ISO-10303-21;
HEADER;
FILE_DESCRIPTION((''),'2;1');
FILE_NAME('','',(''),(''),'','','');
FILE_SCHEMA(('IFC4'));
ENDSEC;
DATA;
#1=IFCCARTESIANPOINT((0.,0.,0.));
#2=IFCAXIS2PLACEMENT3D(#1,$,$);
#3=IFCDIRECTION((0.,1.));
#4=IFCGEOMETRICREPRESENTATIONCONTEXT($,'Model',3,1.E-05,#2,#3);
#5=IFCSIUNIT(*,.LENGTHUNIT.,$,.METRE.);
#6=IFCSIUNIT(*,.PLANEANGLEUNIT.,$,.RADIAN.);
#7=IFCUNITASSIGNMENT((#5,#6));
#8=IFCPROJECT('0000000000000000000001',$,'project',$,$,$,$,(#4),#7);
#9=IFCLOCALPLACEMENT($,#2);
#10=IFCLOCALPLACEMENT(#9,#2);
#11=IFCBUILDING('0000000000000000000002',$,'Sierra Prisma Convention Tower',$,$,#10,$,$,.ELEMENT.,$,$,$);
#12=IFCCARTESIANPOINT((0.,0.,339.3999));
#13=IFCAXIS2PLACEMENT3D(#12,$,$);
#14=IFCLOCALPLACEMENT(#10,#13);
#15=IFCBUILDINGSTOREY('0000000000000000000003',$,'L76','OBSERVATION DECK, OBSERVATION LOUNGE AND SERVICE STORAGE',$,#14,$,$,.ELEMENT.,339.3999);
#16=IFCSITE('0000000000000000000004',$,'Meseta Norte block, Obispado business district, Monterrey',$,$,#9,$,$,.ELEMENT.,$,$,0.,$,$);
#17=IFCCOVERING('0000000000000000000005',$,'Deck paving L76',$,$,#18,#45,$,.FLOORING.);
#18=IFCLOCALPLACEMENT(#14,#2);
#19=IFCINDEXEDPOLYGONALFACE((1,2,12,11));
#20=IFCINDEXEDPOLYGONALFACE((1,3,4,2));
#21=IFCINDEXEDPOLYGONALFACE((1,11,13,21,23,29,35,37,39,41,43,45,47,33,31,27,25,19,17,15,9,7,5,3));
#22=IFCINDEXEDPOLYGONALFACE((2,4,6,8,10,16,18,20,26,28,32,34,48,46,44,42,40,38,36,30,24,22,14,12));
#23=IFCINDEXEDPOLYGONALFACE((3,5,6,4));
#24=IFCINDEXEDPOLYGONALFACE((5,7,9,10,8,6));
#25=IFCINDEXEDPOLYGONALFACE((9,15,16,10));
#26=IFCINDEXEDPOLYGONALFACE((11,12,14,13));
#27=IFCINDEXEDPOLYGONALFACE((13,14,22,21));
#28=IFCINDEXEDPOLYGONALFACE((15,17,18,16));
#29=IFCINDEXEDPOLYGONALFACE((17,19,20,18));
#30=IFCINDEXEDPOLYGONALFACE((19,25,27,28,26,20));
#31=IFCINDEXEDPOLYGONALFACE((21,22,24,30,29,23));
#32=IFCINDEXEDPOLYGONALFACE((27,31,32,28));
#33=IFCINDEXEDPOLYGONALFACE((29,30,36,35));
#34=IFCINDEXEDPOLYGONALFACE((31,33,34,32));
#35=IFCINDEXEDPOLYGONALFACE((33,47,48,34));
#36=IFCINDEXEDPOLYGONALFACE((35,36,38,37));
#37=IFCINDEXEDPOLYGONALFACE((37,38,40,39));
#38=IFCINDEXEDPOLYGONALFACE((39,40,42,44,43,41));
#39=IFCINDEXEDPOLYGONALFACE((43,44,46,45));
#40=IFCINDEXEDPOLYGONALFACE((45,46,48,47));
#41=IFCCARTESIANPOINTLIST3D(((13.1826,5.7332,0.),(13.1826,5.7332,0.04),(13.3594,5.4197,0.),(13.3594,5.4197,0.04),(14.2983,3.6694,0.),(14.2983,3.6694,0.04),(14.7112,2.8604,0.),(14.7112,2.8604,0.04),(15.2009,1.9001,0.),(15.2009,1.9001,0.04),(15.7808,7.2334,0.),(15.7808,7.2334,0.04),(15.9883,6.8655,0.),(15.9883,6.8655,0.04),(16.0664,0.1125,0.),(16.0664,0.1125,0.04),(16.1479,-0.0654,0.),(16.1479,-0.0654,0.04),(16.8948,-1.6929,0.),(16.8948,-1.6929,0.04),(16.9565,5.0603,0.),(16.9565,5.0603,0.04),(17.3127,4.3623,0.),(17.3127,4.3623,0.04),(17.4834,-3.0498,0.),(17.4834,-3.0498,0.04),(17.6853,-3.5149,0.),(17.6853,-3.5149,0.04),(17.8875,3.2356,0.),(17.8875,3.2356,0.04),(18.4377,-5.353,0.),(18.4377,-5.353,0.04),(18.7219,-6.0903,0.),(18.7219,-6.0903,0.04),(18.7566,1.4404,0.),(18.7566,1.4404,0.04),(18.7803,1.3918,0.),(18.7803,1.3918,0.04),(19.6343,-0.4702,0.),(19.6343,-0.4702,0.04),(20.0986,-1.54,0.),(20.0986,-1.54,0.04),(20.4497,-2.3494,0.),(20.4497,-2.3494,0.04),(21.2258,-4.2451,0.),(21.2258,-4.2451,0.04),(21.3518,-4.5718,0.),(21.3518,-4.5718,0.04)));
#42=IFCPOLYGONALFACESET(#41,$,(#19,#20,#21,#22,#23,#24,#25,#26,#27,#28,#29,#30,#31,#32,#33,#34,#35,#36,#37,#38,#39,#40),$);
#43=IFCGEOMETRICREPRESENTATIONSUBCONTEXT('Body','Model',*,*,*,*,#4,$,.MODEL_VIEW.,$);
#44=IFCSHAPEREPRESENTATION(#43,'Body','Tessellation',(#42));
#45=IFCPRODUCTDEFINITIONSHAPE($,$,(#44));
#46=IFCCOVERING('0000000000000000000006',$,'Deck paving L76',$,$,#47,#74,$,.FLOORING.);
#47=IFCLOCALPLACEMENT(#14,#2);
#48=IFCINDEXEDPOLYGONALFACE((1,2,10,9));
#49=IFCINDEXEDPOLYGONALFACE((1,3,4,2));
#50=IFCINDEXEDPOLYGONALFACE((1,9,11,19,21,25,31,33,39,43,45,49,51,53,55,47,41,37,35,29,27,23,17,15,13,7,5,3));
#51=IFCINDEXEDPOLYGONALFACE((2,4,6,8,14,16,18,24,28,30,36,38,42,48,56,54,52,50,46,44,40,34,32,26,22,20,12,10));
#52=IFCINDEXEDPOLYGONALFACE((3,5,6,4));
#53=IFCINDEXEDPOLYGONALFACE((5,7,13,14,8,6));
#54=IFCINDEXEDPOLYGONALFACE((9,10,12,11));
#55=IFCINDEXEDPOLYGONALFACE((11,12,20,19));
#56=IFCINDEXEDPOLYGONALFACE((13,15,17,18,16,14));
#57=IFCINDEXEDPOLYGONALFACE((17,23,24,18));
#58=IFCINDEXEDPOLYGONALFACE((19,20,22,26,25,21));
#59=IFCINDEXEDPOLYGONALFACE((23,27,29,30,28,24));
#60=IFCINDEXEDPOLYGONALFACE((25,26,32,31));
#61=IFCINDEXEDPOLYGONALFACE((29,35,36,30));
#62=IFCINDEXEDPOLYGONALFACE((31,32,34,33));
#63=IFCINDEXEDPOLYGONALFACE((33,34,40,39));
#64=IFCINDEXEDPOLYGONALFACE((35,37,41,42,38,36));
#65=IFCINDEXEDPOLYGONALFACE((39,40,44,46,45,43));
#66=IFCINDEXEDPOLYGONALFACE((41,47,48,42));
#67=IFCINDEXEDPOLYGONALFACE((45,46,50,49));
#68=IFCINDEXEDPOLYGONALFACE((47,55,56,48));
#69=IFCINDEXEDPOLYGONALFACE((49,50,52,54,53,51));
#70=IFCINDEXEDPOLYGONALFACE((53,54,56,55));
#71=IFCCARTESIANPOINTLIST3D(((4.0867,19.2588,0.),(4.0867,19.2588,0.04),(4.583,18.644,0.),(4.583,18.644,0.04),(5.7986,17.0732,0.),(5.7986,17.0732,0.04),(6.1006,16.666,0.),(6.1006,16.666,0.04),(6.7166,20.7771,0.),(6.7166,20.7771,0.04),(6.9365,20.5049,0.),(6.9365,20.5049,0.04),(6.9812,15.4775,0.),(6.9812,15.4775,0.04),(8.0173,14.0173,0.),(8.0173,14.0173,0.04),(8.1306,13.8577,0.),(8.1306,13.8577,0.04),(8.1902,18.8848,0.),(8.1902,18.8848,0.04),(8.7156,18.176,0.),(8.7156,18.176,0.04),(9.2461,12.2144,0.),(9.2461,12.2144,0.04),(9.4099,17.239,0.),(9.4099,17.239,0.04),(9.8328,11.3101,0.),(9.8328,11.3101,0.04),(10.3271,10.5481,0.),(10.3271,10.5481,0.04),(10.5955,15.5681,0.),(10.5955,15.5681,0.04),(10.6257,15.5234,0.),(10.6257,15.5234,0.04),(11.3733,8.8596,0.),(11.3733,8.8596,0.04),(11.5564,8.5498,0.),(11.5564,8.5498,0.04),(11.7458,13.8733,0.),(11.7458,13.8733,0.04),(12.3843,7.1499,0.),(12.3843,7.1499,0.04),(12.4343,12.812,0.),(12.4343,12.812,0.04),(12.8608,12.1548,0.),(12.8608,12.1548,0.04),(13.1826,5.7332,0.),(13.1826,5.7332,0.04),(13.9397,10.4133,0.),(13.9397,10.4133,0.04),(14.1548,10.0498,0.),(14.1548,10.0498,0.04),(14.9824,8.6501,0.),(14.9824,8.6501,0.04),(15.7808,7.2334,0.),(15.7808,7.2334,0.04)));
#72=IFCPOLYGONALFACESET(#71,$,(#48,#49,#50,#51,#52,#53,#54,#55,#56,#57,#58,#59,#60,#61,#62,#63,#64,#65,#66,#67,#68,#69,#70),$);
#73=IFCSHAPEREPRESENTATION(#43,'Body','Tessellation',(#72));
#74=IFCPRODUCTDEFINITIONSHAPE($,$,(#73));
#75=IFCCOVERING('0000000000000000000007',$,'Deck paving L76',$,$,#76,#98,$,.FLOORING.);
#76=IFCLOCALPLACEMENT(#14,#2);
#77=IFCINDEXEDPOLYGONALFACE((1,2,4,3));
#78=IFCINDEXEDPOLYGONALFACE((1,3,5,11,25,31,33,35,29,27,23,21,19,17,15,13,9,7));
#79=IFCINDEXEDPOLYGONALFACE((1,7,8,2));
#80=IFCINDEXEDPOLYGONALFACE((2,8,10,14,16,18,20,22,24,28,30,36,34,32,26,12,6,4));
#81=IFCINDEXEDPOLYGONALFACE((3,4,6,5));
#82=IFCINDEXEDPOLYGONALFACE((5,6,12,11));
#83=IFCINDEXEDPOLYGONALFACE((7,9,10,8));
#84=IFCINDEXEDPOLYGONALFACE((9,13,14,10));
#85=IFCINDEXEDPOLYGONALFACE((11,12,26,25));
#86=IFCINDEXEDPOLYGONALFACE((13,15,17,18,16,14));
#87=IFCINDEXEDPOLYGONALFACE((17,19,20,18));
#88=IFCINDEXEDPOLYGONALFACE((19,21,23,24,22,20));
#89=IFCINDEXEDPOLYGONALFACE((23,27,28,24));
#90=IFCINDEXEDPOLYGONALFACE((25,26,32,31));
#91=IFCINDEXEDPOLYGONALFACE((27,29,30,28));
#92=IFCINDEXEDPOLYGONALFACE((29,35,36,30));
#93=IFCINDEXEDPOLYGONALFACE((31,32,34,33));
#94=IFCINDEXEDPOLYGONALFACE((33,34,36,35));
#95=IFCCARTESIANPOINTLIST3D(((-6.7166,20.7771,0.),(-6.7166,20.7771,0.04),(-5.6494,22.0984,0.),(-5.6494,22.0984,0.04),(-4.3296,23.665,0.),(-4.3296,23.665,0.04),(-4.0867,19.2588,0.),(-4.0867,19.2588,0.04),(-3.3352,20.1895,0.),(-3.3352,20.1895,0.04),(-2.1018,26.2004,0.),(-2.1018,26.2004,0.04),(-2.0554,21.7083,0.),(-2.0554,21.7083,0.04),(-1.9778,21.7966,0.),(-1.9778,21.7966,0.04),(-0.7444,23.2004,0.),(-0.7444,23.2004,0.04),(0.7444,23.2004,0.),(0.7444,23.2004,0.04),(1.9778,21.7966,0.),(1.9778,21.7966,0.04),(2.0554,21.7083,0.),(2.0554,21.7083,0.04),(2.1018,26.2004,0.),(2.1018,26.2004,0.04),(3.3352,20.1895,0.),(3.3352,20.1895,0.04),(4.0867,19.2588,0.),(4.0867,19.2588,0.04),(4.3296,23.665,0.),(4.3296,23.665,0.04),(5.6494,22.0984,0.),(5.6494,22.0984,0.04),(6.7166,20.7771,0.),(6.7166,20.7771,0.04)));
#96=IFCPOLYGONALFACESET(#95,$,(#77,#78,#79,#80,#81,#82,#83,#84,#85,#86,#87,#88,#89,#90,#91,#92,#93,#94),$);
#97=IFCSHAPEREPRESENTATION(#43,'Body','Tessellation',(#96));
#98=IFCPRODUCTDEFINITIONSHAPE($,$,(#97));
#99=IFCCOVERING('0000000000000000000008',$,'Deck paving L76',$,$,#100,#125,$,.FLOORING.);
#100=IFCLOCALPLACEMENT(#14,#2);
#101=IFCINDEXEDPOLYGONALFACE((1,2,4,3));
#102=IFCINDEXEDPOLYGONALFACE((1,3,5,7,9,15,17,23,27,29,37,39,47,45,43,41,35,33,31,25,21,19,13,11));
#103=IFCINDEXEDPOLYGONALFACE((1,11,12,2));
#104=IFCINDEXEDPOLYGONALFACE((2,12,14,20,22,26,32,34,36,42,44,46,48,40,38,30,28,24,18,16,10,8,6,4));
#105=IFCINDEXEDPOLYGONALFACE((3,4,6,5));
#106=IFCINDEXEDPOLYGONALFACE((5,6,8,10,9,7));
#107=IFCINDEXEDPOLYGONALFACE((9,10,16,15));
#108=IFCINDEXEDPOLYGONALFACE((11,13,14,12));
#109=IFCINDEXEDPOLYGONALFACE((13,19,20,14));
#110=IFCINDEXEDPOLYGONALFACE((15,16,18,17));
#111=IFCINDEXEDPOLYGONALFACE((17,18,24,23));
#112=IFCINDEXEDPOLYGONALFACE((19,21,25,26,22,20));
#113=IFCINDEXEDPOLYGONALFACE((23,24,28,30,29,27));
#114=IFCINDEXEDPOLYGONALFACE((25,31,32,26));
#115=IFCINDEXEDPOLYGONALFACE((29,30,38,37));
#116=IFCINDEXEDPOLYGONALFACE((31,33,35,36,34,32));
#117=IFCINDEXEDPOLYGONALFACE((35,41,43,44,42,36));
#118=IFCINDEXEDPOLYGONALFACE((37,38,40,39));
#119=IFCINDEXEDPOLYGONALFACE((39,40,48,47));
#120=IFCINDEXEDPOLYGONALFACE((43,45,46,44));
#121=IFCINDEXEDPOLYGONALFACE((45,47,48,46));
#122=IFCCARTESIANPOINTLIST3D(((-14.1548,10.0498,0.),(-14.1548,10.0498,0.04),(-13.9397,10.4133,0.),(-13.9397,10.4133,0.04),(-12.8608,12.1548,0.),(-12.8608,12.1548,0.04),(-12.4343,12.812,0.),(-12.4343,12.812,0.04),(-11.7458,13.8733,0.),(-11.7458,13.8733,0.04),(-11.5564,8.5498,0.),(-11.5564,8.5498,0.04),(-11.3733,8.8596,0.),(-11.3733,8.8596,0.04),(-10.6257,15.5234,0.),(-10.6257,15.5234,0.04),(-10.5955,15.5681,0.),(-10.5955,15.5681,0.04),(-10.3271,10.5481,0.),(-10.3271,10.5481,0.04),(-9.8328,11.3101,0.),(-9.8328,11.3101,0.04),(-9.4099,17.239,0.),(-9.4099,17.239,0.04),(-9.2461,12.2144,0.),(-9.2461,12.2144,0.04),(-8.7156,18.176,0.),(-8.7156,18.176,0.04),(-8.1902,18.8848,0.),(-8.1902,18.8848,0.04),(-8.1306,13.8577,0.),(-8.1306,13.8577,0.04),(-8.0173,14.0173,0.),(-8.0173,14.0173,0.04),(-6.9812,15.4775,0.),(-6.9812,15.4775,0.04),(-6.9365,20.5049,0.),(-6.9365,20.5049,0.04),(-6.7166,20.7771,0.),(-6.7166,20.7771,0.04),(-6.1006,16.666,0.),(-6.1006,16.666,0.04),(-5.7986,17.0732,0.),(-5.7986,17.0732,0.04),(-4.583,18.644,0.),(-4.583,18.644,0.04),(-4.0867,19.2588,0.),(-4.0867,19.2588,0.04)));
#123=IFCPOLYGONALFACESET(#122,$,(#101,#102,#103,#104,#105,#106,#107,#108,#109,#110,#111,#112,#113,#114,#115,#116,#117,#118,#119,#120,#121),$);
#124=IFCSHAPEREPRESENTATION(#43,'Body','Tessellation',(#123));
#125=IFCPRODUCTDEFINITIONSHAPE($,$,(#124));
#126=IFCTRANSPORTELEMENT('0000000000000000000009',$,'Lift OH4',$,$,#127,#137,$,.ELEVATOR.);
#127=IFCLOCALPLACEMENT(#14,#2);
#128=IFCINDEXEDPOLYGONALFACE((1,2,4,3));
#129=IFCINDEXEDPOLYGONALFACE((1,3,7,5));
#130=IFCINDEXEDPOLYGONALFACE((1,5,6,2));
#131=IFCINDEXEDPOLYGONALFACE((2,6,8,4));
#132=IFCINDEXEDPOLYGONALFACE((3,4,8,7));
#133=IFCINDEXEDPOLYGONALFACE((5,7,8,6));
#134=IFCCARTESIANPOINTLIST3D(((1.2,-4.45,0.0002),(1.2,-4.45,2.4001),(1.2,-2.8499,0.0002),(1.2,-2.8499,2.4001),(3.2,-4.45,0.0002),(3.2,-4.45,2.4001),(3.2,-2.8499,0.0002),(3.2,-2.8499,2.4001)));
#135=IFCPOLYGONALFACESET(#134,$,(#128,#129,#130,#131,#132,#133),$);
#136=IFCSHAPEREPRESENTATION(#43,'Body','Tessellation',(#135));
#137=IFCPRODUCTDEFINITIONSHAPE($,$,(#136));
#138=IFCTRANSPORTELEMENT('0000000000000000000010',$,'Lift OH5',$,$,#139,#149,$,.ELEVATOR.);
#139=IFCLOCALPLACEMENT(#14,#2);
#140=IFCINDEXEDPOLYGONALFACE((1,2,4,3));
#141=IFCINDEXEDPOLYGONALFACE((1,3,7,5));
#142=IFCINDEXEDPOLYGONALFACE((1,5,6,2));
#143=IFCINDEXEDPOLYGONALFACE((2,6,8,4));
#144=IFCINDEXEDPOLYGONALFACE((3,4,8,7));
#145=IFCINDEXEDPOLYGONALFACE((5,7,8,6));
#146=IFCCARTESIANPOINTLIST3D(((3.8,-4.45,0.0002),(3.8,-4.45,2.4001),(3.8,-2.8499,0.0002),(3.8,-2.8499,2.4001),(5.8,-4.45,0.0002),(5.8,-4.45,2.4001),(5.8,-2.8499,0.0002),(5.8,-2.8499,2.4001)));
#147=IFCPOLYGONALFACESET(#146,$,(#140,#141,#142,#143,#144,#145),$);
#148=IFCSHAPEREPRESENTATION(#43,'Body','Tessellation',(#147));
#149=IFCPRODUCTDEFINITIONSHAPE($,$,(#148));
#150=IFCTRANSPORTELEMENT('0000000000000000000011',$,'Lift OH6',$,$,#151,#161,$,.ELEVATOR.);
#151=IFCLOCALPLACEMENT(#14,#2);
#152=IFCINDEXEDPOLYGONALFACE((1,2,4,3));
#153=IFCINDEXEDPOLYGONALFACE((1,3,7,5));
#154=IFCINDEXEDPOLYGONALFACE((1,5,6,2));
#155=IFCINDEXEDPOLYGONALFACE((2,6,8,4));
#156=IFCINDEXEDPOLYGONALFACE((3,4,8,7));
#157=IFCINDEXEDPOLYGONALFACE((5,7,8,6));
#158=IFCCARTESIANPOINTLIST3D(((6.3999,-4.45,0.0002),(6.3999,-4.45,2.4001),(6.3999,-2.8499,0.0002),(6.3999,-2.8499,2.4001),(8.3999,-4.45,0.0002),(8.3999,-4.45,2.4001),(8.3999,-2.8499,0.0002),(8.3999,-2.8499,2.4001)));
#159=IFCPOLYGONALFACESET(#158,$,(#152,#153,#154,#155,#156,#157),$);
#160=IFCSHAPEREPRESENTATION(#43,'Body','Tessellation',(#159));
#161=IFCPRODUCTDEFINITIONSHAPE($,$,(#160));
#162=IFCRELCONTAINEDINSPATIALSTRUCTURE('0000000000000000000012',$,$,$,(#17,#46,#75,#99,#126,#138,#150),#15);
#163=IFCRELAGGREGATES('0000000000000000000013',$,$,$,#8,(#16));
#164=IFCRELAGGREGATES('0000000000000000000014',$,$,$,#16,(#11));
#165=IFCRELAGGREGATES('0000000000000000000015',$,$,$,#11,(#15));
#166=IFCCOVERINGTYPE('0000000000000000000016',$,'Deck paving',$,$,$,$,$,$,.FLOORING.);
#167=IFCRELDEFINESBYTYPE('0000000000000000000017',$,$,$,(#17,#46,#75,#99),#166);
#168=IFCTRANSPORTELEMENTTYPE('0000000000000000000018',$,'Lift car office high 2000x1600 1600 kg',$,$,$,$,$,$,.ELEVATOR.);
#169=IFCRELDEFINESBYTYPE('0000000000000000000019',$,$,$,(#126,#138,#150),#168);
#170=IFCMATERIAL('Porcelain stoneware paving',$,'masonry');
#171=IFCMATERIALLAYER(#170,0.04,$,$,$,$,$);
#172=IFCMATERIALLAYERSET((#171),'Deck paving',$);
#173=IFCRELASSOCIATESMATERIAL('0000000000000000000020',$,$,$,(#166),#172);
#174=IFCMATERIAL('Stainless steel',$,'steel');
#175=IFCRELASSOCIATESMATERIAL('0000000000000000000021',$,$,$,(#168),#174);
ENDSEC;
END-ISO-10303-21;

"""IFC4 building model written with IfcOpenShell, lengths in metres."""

from ifc_helpers import new_model, si_unit, direction, frame, origin, origin_2d, place, context, subcontext, project, spatial, polyline, rectangle, outline, extrude, material, layer, layer_set, type_object, element, save


model = new_model("IFC4")

# Units and contexts
model_context = context("Model", 3, precision=1e-05, world=origin(), true_north=direction((0.0, 1.0)))
body_context = subcontext(model_context, "Body", "Model", "MODEL_VIEW")
ifc_project = project(units=[si_unit("LENGTHUNIT", "METRE"), si_unit("PLANEANGLEUNIT", "RADIAN")], contexts=[model_context])

# Site, building, storey
site_placement = place(None, origin())
site = spatial("IfcSite", under=ifc_project, at=site_placement, Name="Meseta Norte block, Obispado business district, Monterrey", CompositionType="ELEMENT", RefElevation=0.0)
building_placement = place(site_placement, origin())
building = spatial("IfcBuilding", under=site, at=building_placement, Name="Sierra Prisma Convention Tower", CompositionType="ELEMENT")
storey_placement = place(building_placement, frame((0.0, 0.0, 339.3999)))
storey = spatial("IfcBuildingStorey", under=building, at=storey_placement, Name="L76", Description="OBSERVATION DECK, OBSERVATION LOUNGE AND SERVICE STORAGE", CompositionType="ELEMENT", Elevation=339.3999)

# Coverings
ifc_material_1 = material(Name="Porcelain stoneware paving", Category="masonry")
ifc_layer_1 = layer(ifc_material_1, 0.04)
ifc_layer_set_1 = layer_set([ifc_layer_1], Name="Deck paving")
covering_type = type_object("IfcCoveringType", Name="Deck paving", PredefinedType="FLOORING", material=ifc_layer_set_1)
covering_1_placement = place(storey_placement, origin())
element("IfcCovering", 1, at=covering_1_placement, inside=storey, type_object=covering_type, Name="Deck paving L76", PredefinedType="FLOORING", context=body_context, shape_type="SweptSolid", body=[
    extrude(outline(polyline([(21.2258, -4.2451), (21.3518, -4.5718), (18.7219, -6.0903), (18.4377, -5.353), (17.6853, -3.5149), (17.4834, -3.0498), (16.8948, -1.6929), (16.1479, -0.0654), (16.0664, 0.1125), (15.2009, 1.9001), (14.7112, 2.8604), (14.2983, 3.6694), (13.3594, 5.4197), (13.1826, 5.7332), (15.7808, 7.2334), (15.9883, 6.8655), (16.9565, 5.0603), (17.3127, 4.3623), (17.8875, 3.2356), (18.7566, 1.4404), (18.7803, 1.3918), (19.6343, -0.4702), (20.0986, -1.54), (20.4497, -2.3494), (21.2258, -4.2451)])), origin(), (0.0, 0.0, 1.0), 0.04),
])
covering_2_placement = place(storey_placement, origin())
element("IfcCovering", 2, at=covering_2_placement, inside=storey, type_object=covering_type, Name="Deck paving L76", PredefinedType="FLOORING", context=body_context, shape_type="SweptSolid", body=[
    extrude(outline(polyline([(15.7808, 7.2334), (13.1826, 5.7332), (12.3843, 7.1499), (11.5564, 8.5498), (11.3733, 8.8596), (10.3271, 10.5481), (9.8328, 11.3101), (9.2461, 12.2144), (8.1306, 13.8577), (8.0173, 14.0173), (6.9812, 15.4775), (6.1006, 16.666), (5.7986, 17.0732), (4.583, 18.644), (4.0867, 19.2588), (6.7166, 20.7771), (6.9365, 20.5049), (8.1902, 18.8848), (8.7156, 18.176), (9.4099, 17.239), (10.5955, 15.5681), (10.6257, 15.5234), (11.7458, 13.8733), (12.4343, 12.812), (12.8608, 12.1548), (13.9397, 10.4133), (14.1548, 10.0498), (14.9824, 8.6501), (15.7808, 7.2334)])), origin(), (0.0, 0.0, 1.0), 0.04),
])
covering_3_placement = place(storey_placement, origin())
element("IfcCovering", 3, at=covering_3_placement, inside=storey, type_object=covering_type, Name="Deck paving L76", PredefinedType="FLOORING", context=body_context, shape_type="SweptSolid", body=[
    extrude(outline(polyline([(-6.7166, 20.7771), (-5.6494, 22.0984), (-4.3296, 23.665), (-2.1018, 26.2004), (2.1018, 26.2004), (4.3296, 23.665), (5.6494, 22.0984), (6.7166, 20.7771), (4.0867, 19.2588), (3.3352, 20.1895), (2.0554, 21.7083), (1.9778, 21.7966), (0.7444, 23.2004), (-0.7444, 23.2004), (-1.9778, 21.7966), (-2.0554, 21.7083), (-3.3352, 20.1895), (-4.0867, 19.2588), (-6.7166, 20.7771)])), origin(), (0.0, 0.0, 1.0), 0.04),
])
covering_4_placement = place(storey_placement, origin())
element("IfcCovering", 4, at=covering_4_placement, inside=storey, type_object=covering_type, Name="Deck paving L76", PredefinedType="FLOORING", context=body_context, shape_type="SweptSolid", body=[
    extrude(outline(polyline([(-12.8608, 12.1548), (-12.4343, 12.812), (-11.7458, 13.8733), (-10.6257, 15.5234), (-10.5955, 15.5681), (-9.4099, 17.239), (-8.7156, 18.176), (-8.1902, 18.8848), (-6.9365, 20.5049), (-6.7166, 20.7771), (-4.0867, 19.2588), (-4.583, 18.644), (-5.7986, 17.0732), (-6.1006, 16.666), (-6.9812, 15.4775), (-8.0173, 14.0173), (-8.1306, 13.8577), (-9.2461, 12.2144), (-9.8328, 11.3101), (-10.3271, 10.5481), (-11.3733, 8.8596), (-11.5564, 8.5498), (-14.1548, 10.0498), (-13.9397, 10.4133), (-12.8608, 12.1548)])), origin(), (0.0, 0.0, 1.0), 0.04),
])

# Transport elements
ifc_material_2 = material(Name="Stainless steel", Category="steel")
transport_element_type = type_object("IfcTransportElementType", Name="Lift car office high 2000x1600 1600 kg", PredefinedType="ELEVATOR", material=ifc_material_2)
for number, where, z_axis, x_axis, name in (
    (5, (2.2, -3.6499, 0.0002), (0.0, 0.0, 1.0), (1.0, 0.0, 0.0), "Lift OH4"),
    (6, (4.8, -3.6499, 0.0002), (0.0, 0.0, 1.0), (1.0, 0.0, 0.0), "Lift OH5"),
    (7, (7.3999, -3.6499, 0.0002), (0.0, 0.0, 1.0), (1.0, 0.0, 0.0), "Lift OH6"),
):
    element("IfcTransportElement", number, at=place(storey_placement, frame(where, z_axis=z_axis, x_axis=x_axis)), inside=storey, type_object=transport_element_type, Name=name, PredefinedType="ELEVATOR", context=body_context, shape_type="SweptSolid", body=[
        extrude(rectangle(XDim=2.0, YDim=1.6001, at=origin_2d()), origin(), (0.0, 0.0, 1.0), 2.3999),
    ])

save(model, "model.ifc")
